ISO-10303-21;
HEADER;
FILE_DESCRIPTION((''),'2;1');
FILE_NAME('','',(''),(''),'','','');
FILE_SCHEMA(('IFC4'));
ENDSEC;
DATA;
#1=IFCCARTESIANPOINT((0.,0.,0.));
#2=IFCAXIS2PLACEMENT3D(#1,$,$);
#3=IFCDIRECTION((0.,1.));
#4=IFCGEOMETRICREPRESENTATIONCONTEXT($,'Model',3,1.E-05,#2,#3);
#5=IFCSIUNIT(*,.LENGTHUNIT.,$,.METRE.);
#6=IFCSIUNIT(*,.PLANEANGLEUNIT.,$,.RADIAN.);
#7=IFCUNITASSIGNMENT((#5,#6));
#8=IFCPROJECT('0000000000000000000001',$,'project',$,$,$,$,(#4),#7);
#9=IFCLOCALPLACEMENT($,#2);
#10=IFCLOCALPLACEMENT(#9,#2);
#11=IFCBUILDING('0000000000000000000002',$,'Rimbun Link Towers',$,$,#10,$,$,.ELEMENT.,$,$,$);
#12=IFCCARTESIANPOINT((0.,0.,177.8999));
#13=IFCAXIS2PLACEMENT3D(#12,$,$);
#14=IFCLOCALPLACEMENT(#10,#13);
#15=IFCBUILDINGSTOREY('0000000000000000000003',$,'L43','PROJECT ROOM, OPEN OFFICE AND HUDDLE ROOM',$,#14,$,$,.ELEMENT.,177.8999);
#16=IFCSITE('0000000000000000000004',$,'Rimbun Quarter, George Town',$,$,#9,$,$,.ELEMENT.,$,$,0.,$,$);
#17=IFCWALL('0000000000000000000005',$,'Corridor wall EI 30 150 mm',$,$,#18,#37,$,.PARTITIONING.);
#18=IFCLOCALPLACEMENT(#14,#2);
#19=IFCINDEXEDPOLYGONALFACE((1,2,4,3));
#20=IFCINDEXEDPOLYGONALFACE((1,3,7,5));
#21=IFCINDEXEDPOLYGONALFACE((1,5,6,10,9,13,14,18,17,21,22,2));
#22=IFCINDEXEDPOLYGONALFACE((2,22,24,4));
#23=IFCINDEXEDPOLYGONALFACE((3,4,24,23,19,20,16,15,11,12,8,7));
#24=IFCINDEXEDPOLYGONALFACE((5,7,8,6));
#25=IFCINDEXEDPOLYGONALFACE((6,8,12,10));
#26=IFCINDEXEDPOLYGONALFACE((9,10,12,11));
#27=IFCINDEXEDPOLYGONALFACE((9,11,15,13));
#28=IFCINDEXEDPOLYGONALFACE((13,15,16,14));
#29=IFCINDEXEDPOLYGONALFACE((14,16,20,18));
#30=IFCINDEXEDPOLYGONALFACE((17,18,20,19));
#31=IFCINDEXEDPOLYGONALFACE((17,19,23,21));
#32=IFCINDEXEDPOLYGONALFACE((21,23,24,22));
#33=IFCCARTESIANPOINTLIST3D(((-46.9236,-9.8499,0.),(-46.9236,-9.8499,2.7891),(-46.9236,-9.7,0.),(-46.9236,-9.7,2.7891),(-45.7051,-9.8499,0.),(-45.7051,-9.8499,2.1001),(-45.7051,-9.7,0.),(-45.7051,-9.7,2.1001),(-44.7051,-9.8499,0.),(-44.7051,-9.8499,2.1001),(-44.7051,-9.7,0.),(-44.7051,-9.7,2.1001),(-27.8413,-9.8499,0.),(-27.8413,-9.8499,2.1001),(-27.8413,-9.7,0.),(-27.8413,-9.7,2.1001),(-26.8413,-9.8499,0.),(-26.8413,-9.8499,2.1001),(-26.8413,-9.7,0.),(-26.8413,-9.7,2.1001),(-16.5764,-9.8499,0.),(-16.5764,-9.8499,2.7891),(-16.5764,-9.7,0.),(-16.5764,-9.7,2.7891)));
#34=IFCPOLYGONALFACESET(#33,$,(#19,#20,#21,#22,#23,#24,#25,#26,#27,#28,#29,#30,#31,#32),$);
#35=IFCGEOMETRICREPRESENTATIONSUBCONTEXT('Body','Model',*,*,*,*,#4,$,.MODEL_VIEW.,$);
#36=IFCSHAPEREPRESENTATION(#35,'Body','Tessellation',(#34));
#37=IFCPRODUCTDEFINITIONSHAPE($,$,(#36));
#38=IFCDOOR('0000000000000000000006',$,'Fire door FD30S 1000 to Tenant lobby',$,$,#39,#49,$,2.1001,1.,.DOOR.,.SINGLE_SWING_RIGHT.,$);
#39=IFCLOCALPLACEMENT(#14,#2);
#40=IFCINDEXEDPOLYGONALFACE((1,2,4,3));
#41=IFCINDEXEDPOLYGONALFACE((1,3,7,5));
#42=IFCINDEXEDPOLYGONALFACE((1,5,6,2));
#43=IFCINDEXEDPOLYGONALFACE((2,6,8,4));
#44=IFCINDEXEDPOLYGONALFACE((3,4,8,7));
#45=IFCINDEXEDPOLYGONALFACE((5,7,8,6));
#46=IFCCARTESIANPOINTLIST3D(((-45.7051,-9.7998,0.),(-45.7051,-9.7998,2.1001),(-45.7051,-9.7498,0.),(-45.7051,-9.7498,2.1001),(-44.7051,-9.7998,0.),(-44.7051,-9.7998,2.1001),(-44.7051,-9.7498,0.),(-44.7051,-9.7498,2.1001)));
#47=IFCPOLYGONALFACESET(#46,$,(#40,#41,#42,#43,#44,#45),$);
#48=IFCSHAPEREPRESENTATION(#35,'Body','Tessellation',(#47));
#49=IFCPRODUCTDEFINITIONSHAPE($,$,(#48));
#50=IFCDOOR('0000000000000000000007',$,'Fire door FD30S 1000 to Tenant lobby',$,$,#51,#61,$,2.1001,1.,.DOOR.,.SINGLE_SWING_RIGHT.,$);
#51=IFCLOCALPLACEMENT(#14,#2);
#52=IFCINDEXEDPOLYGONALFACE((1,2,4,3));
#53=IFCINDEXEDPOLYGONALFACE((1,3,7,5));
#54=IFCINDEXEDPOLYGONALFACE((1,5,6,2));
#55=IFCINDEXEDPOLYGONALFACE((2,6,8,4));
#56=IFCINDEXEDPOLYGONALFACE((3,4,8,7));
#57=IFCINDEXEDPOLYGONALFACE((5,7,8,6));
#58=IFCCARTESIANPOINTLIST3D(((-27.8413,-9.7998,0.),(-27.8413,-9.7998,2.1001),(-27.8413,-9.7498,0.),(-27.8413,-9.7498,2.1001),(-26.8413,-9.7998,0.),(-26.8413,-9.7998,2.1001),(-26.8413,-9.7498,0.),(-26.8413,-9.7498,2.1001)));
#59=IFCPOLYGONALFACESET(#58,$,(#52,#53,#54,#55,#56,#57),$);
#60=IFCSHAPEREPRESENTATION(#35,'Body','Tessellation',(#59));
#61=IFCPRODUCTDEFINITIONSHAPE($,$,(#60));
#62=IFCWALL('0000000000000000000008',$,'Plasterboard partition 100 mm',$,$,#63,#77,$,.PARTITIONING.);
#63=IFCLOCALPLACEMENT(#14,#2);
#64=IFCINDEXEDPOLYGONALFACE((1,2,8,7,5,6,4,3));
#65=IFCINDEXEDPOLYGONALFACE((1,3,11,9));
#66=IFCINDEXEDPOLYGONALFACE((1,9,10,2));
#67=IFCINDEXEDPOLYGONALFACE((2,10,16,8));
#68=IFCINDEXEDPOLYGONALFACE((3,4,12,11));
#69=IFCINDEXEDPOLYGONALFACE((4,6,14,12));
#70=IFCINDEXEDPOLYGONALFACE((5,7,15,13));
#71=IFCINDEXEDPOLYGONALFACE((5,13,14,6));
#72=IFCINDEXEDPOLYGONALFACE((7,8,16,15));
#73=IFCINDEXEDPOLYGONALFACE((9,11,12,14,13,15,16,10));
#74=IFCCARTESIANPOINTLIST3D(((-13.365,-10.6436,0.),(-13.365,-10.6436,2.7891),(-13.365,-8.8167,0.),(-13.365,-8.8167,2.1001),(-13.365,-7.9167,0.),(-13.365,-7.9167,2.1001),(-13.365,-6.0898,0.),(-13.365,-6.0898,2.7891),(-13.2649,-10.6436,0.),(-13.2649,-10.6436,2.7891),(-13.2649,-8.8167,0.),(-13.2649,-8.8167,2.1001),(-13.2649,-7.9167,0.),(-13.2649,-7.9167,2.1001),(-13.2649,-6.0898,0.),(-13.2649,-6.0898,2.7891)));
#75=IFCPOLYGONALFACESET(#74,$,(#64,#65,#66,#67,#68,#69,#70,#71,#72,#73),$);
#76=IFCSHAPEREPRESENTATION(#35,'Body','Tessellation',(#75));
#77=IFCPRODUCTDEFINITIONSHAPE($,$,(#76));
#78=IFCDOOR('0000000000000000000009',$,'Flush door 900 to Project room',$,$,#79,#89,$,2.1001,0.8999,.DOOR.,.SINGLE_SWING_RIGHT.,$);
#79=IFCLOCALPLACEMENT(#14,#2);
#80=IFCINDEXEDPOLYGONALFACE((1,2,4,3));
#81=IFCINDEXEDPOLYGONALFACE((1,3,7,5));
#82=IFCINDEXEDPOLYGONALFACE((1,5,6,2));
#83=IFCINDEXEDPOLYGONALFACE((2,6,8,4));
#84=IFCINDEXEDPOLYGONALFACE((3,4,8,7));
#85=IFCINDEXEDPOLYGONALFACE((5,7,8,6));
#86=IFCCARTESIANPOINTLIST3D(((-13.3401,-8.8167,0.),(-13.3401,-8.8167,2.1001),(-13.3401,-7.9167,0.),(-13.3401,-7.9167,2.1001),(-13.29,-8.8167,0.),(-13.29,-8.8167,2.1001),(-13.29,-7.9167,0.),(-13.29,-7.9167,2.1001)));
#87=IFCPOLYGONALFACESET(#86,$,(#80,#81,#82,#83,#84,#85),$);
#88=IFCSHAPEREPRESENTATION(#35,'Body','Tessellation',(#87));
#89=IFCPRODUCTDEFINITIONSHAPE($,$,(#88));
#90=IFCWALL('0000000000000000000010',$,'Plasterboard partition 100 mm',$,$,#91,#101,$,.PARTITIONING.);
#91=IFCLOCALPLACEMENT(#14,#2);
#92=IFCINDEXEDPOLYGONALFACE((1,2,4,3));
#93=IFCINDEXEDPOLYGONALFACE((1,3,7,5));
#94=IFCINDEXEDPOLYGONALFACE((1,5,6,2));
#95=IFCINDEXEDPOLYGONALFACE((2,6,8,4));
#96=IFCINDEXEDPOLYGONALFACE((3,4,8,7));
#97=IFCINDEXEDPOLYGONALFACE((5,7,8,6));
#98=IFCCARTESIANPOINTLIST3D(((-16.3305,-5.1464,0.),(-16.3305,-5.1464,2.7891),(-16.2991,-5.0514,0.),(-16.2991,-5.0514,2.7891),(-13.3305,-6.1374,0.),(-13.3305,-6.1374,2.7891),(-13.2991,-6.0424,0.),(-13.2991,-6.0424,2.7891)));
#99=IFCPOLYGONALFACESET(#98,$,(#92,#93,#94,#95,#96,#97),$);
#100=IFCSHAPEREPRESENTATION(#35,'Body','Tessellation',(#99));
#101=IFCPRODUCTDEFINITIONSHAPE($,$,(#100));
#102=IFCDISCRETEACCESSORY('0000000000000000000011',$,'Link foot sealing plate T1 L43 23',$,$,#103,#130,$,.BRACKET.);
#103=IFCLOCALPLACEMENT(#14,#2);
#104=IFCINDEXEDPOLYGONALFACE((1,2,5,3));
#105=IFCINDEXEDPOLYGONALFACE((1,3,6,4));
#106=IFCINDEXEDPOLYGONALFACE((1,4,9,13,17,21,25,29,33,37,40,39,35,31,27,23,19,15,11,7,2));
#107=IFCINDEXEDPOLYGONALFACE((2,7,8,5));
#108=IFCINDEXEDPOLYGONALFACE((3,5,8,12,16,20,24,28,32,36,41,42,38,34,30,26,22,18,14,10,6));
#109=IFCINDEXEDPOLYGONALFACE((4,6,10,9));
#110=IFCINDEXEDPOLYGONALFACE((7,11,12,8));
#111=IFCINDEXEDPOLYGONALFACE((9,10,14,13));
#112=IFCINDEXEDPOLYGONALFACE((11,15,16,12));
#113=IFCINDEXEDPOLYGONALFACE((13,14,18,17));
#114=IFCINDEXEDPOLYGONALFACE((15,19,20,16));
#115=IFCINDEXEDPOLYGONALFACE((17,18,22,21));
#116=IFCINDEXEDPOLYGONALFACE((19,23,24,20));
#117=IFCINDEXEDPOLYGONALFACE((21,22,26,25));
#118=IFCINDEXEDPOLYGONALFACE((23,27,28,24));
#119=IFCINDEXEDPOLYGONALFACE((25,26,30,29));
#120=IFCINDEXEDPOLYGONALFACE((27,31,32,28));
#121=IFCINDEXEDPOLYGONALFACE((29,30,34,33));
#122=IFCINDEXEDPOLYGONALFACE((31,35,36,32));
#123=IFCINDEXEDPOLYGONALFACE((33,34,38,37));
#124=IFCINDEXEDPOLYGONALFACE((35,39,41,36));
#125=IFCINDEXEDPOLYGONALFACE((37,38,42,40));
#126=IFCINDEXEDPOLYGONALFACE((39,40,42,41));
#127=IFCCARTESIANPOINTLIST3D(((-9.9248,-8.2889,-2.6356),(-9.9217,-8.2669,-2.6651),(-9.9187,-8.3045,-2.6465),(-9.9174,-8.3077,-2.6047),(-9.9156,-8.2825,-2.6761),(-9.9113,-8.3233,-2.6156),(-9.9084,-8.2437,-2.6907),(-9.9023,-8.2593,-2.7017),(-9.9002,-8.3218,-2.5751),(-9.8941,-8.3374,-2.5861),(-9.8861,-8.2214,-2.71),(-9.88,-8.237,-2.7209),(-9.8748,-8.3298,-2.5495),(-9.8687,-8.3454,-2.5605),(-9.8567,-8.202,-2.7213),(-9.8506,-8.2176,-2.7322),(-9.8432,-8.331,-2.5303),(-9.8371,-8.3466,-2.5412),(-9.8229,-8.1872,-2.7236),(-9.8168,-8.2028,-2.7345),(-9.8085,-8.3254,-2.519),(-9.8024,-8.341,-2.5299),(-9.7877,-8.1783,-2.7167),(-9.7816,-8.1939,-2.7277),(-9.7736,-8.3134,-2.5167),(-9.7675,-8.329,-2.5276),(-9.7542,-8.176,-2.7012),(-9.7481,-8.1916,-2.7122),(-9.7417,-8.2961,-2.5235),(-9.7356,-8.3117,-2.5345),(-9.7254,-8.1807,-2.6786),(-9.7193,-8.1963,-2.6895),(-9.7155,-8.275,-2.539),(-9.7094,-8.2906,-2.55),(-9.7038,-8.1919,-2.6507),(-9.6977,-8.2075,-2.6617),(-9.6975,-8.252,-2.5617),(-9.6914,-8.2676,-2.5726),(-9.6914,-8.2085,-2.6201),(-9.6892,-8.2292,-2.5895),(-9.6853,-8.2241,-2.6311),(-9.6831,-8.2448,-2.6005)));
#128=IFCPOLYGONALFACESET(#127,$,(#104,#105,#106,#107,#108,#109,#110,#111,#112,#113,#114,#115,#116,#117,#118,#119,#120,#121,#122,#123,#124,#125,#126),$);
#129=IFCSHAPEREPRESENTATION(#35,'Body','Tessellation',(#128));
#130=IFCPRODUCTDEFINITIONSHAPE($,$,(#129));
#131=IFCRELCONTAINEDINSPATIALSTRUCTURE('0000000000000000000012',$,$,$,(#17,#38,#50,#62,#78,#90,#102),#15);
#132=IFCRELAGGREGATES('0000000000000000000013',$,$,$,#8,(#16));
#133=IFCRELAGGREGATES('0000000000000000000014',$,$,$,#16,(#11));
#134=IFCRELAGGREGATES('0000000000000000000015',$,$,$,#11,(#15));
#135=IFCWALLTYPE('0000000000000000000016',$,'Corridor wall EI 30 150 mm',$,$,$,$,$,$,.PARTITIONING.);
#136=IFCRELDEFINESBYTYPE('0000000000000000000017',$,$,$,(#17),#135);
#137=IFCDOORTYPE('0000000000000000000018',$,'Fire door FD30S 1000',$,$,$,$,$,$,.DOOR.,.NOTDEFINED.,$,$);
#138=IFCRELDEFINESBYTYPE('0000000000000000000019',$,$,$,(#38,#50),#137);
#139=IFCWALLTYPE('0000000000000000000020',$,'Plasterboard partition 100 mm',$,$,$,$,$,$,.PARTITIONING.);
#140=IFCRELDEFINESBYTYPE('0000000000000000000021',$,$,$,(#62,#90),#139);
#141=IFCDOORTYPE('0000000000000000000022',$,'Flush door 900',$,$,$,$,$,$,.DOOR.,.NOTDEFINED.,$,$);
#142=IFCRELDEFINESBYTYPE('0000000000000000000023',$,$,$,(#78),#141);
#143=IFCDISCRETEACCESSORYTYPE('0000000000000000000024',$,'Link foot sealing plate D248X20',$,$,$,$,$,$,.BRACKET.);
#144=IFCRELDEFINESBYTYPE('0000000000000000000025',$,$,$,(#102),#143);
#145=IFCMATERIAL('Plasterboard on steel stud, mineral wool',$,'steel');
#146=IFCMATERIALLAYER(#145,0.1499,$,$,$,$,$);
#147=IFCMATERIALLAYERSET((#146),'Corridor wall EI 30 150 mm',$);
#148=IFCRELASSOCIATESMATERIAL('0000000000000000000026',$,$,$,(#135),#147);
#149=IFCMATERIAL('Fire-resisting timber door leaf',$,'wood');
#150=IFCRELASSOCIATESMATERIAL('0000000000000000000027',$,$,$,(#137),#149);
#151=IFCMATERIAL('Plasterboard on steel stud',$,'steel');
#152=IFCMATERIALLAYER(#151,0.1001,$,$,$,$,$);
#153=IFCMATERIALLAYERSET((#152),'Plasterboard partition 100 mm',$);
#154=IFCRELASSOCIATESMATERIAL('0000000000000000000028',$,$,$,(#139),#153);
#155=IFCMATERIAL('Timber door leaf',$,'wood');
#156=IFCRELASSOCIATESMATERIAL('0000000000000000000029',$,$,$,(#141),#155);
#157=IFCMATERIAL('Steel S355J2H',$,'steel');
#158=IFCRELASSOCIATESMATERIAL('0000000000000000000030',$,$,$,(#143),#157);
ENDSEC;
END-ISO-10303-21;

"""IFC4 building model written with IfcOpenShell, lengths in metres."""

from ifc_helpers import new_model, si_unit, direction, frame, frame_2d, origin, origin_2d, place, context, subcontext, project, spatial, rectangle, circle, extrude, material, layer, layer_set, material_profile, profile_set, type_object, element, fill, save


model = new_model("IFC4")

# Units and contexts
model_context = context("Model", 3, precision=1e-05, world=origin(), true_north=direction((0.0, 1.0)))
body_context = subcontext(model_context, "Body", "Model", "MODEL_VIEW")
ifc_project = project(units=[si_unit("LENGTHUNIT", "METRE"), si_unit("PLANEANGLEUNIT", "RADIAN")], contexts=[model_context])

# Site, building, storey
site_placement = place(None, origin())
site = spatial("IfcSite", under=ifc_project, at=site_placement, Name="Rimbun Quarter, George Town", CompositionType="ELEMENT", RefElevation=0.0)
building_placement = place(site_placement, origin())
building = spatial("IfcBuilding", under=site, at=building_placement, Name="Rimbun Link Towers", CompositionType="ELEMENT")
storey_placement = place(building_placement, frame((0.0, 0.0, 177.8999)))
storey = spatial("IfcBuildingStorey", under=building, at=storey_placement, Name="L43", Description="PROJECT ROOM, OPEN OFFICE AND HUDDLE ROOM", CompositionType="ELEMENT", Elevation=177.8999)

# Shared definitions
ifc_material_1 = material(Name="Plasterboard on steel stud, mineral wool", Category="steel")
ifc_layer_1 = layer(ifc_material_1, 0.1499)
ifc_layer_set_1 = layer_set([ifc_layer_1], Name="Corridor wall EI 30 150 mm")
wall_type_1 = type_object("IfcWallType", Name="Corridor wall EI 30 150 mm", PredefinedType="PARTITIONING", material=ifc_layer_set_1)

# Wall, openings, doors
wall_1_placement = place(storey_placement, frame((-16.5764, -9.7749, 0.0), z_axis=(0.0, 0.0, 1.0), x_axis=(-1.0, 0.0, 0.0)))
wall_1 = element("IfcWall", 1, at=wall_1_placement, inside=storey, type_object=wall_type_1, Name="Corridor wall EI 30 150 mm", PredefinedType="PARTITIONING", context=body_context, shape_type="SweptSolid", body=[
    extrude(rectangle(XDim=30.3472, YDim=0.1499, at=frame_2d((15.1736, 0.0))), origin(), (0.0, 0.0, 1.0), 2.7891),
])
opening_1_placement = place(wall_1_placement, frame((28.1287, 0.0, 0.0)))
opening_1 = element("IfcOpeningElement", 2, at=opening_1_placement, cuts=wall_1, PredefinedType="OPENING", context=body_context, shape_type="SweptSolid", body=[
    extrude(rectangle(XDim=1.0, YDim=2.1001, at=frame_2d((0.5, 1.05))), frame((0.0, 0.085, 0.0), z_axis=(0.0, -1.0, 0.0), x_axis=(1.0, 0.0, 0.0)), (0.0, 0.0, 1.0), 0.1699),
])
opening_2_placement = place(wall_1_placement, frame((10.2649, 0.0, 0.0)))
opening_2 = element("IfcOpeningElement", 3, at=opening_2_placement, cuts=wall_1, PredefinedType="OPENING", context=body_context, shape_type="SweptSolid", body=[
    extrude(rectangle(XDim=1.0, YDim=2.1001, at=frame_2d((0.5, 1.05))), frame((0.0, 0.085, 0.0), z_axis=(0.0, -1.0, 0.0), x_axis=(1.0, 0.0, 0.0)), (0.0, 0.0, 1.0), 0.1699),
])
ifc_material_2 = material(Name="Fire-resisting timber door leaf", Category="wood")
door_type_1 = type_object("IfcDoorType", Name="Fire door FD30S 1000", OperationType="NOTDEFINED", PredefinedType="DOOR", material=ifc_material_2)
door_1_placement = place(opening_1_placement, origin())
door_1 = element("IfcDoor", 4, at=door_1_placement, inside=storey, type_object=door_type_1, Name="Fire door FD30S 1000 to Tenant lobby", OperationType="SINGLE_SWING_RIGHT", OverallHeight=2.1001, OverallWidth=1.0, PredefinedType="DOOR", context=body_context, shape_type="SweptSolid", body=[
    extrude(rectangle(XDim=1.0, YDim=2.1001, at=frame_2d((0.5, 1.05))), frame((0.0, 0.0249, 0.0), z_axis=(0.0, -1.0, 0.0), x_axis=(1.0, 0.0, 0.0)), (0.0, 0.0, 1.0), 0.05),
])
fill(opening_1, door_1)
door_2_placement = place(opening_2_placement, origin())
door_2 = element("IfcDoor", 5, at=door_2_placement, inside=storey, type_object=door_type_1, Name="Fire door FD30S 1000 to Tenant lobby", OperationType="SINGLE_SWING_RIGHT", OverallHeight=2.1001, OverallWidth=1.0, PredefinedType="DOOR", context=body_context, shape_type="SweptSolid", body=[
    extrude(rectangle(XDim=1.0, YDim=2.1001, at=frame_2d((0.5, 1.05))), frame((0.0, 0.0249, 0.0), z_axis=(0.0, -1.0, 0.0), x_axis=(1.0, 0.0, 0.0)), (0.0, 0.0, 1.0), 0.05),
])
fill(opening_2, door_2)

# Wall, opening, door
ifc_material_3 = material(Name="Plasterboard on steel stud", Category="steel")
ifc_layer_2 = layer(ifc_material_3, 0.1001)
ifc_layer_set_2 = layer_set([ifc_layer_2], Name="Plasterboard partition 100 mm")
wall_type_2 = type_object("IfcWallType", Name="Plasterboard partition 100 mm", PredefinedType="PARTITIONING", material=ifc_layer_set_2)
wall_2_placement = place(storey_placement, frame((-13.3149, -6.0898, 0.0), z_axis=(0.0, 0.0, 1.0), x_axis=(0.0, -1.0, 0.0)))
wall_2 = element("IfcWall", 6, at=wall_2_placement, inside=storey, type_object=wall_type_2, Name="Plasterboard partition 100 mm", PredefinedType="PARTITIONING", context=body_context, shape_type="SweptSolid", body=[
    extrude(rectangle(XDim=4.5537, YDim=0.1001, at=frame_2d((2.2769, 0.0))), origin(), (0.0, 0.0, 1.0), 2.7891),
])
opening_3_placement = place(wall_2_placement, frame((1.8269, 0.0, 0.0)))
opening_3 = element("IfcOpeningElement", 7, at=opening_3_placement, cuts=wall_2, PredefinedType="OPENING", context=body_context, shape_type="SweptSolid", body=[
    extrude(rectangle(XDim=0.8999, YDim=2.1001, at=frame_2d((0.45, 1.05))), frame((0.0, 0.0601, 0.0), z_axis=(0.0, -1.0, 0.0), x_axis=(1.0, 0.0, 0.0)), (0.0, 0.0, 1.0), 0.1201),
])
ifc_material_4 = material(Name="Timber door leaf", Category="wood")
door_type_2 = type_object("IfcDoorType", Name="Flush door 900", OperationType="NOTDEFINED", PredefinedType="DOOR", material=ifc_material_4)
door_3_placement = place(opening_3_placement, origin())
door_3 = element("IfcDoor", 8, at=door_3_placement, inside=storey, type_object=door_type_2, Name="Flush door 900 to Project room", OperationType="SINGLE_SWING_RIGHT", OverallHeight=2.1001, OverallWidth=0.8999, PredefinedType="DOOR", context=body_context, shape_type="SweptSolid", body=[
    extrude(rectangle(XDim=0.8999, YDim=2.1001, at=frame_2d((0.45, 1.05))), frame((0.0, 0.0249, 0.0), z_axis=(0.0, -1.0, 0.0), x_axis=(1.0, 0.0, 0.0)), (0.0, 0.0, 1.0), 0.05),
])
fill(opening_3, door_3)

# Wall
wall_3_placement = place(storey_placement, frame((-13.3149, -6.0898, 0.0), z_axis=(0.0, 0.0, 1.0), x_axis=(-0.949538, 0.313653, 0.0)))
element("IfcWall", 9, at=wall_3_placement, inside=storey, type_object=wall_type_2, Name="Plasterboard partition 100 mm", PredefinedType="PARTITIONING", context=body_context, shape_type="SweptSolid", body=[
    extrude(rectangle(XDim=3.1594, YDim=0.1001, at=frame_2d((1.5796, 0.0))), origin(), (0.0, 0.0, 1.0), 2.7891),
])

# Discrete accessory
ifc_material_5 = material(Name="Steel S355J2H", Category="steel")
ifc_material_profile_1 = material_profile(ifc_material_5, circle(Radius=0.124, at=origin_2d()), Name="PL D248")
ifc_profile_set_1 = profile_set([ifc_material_profile_1], Name="Steel S355J2H")
discrete_accessory_type = type_object("IfcDiscreteAccessoryType", Name="Link foot sealing plate D248X20", PredefinedType="BRACKET", material=ifc_profile_set_1)
discrete_accessory_placement = place(storey_placement, frame((-9.8069, -8.2537, -2.6201), z_axis=(0.304381, -0.779214, -0.547885), x_axis=(0.931457, 0.363851, 0.0)))
element("IfcDiscreteAccessory", 10, at=discrete_accessory_placement, inside=storey, type_object=discrete_accessory_type, Name="Link foot sealing plate T1 L43 23", PredefinedType="BRACKET", context=body_context, shape_type="SweptSolid", body=[
    extrude(circle(Radius=0.124, at=origin_2d()), origin(), (0.0, 0.0, 1.0), 0.02),
])

save(model, "model.ifc")
